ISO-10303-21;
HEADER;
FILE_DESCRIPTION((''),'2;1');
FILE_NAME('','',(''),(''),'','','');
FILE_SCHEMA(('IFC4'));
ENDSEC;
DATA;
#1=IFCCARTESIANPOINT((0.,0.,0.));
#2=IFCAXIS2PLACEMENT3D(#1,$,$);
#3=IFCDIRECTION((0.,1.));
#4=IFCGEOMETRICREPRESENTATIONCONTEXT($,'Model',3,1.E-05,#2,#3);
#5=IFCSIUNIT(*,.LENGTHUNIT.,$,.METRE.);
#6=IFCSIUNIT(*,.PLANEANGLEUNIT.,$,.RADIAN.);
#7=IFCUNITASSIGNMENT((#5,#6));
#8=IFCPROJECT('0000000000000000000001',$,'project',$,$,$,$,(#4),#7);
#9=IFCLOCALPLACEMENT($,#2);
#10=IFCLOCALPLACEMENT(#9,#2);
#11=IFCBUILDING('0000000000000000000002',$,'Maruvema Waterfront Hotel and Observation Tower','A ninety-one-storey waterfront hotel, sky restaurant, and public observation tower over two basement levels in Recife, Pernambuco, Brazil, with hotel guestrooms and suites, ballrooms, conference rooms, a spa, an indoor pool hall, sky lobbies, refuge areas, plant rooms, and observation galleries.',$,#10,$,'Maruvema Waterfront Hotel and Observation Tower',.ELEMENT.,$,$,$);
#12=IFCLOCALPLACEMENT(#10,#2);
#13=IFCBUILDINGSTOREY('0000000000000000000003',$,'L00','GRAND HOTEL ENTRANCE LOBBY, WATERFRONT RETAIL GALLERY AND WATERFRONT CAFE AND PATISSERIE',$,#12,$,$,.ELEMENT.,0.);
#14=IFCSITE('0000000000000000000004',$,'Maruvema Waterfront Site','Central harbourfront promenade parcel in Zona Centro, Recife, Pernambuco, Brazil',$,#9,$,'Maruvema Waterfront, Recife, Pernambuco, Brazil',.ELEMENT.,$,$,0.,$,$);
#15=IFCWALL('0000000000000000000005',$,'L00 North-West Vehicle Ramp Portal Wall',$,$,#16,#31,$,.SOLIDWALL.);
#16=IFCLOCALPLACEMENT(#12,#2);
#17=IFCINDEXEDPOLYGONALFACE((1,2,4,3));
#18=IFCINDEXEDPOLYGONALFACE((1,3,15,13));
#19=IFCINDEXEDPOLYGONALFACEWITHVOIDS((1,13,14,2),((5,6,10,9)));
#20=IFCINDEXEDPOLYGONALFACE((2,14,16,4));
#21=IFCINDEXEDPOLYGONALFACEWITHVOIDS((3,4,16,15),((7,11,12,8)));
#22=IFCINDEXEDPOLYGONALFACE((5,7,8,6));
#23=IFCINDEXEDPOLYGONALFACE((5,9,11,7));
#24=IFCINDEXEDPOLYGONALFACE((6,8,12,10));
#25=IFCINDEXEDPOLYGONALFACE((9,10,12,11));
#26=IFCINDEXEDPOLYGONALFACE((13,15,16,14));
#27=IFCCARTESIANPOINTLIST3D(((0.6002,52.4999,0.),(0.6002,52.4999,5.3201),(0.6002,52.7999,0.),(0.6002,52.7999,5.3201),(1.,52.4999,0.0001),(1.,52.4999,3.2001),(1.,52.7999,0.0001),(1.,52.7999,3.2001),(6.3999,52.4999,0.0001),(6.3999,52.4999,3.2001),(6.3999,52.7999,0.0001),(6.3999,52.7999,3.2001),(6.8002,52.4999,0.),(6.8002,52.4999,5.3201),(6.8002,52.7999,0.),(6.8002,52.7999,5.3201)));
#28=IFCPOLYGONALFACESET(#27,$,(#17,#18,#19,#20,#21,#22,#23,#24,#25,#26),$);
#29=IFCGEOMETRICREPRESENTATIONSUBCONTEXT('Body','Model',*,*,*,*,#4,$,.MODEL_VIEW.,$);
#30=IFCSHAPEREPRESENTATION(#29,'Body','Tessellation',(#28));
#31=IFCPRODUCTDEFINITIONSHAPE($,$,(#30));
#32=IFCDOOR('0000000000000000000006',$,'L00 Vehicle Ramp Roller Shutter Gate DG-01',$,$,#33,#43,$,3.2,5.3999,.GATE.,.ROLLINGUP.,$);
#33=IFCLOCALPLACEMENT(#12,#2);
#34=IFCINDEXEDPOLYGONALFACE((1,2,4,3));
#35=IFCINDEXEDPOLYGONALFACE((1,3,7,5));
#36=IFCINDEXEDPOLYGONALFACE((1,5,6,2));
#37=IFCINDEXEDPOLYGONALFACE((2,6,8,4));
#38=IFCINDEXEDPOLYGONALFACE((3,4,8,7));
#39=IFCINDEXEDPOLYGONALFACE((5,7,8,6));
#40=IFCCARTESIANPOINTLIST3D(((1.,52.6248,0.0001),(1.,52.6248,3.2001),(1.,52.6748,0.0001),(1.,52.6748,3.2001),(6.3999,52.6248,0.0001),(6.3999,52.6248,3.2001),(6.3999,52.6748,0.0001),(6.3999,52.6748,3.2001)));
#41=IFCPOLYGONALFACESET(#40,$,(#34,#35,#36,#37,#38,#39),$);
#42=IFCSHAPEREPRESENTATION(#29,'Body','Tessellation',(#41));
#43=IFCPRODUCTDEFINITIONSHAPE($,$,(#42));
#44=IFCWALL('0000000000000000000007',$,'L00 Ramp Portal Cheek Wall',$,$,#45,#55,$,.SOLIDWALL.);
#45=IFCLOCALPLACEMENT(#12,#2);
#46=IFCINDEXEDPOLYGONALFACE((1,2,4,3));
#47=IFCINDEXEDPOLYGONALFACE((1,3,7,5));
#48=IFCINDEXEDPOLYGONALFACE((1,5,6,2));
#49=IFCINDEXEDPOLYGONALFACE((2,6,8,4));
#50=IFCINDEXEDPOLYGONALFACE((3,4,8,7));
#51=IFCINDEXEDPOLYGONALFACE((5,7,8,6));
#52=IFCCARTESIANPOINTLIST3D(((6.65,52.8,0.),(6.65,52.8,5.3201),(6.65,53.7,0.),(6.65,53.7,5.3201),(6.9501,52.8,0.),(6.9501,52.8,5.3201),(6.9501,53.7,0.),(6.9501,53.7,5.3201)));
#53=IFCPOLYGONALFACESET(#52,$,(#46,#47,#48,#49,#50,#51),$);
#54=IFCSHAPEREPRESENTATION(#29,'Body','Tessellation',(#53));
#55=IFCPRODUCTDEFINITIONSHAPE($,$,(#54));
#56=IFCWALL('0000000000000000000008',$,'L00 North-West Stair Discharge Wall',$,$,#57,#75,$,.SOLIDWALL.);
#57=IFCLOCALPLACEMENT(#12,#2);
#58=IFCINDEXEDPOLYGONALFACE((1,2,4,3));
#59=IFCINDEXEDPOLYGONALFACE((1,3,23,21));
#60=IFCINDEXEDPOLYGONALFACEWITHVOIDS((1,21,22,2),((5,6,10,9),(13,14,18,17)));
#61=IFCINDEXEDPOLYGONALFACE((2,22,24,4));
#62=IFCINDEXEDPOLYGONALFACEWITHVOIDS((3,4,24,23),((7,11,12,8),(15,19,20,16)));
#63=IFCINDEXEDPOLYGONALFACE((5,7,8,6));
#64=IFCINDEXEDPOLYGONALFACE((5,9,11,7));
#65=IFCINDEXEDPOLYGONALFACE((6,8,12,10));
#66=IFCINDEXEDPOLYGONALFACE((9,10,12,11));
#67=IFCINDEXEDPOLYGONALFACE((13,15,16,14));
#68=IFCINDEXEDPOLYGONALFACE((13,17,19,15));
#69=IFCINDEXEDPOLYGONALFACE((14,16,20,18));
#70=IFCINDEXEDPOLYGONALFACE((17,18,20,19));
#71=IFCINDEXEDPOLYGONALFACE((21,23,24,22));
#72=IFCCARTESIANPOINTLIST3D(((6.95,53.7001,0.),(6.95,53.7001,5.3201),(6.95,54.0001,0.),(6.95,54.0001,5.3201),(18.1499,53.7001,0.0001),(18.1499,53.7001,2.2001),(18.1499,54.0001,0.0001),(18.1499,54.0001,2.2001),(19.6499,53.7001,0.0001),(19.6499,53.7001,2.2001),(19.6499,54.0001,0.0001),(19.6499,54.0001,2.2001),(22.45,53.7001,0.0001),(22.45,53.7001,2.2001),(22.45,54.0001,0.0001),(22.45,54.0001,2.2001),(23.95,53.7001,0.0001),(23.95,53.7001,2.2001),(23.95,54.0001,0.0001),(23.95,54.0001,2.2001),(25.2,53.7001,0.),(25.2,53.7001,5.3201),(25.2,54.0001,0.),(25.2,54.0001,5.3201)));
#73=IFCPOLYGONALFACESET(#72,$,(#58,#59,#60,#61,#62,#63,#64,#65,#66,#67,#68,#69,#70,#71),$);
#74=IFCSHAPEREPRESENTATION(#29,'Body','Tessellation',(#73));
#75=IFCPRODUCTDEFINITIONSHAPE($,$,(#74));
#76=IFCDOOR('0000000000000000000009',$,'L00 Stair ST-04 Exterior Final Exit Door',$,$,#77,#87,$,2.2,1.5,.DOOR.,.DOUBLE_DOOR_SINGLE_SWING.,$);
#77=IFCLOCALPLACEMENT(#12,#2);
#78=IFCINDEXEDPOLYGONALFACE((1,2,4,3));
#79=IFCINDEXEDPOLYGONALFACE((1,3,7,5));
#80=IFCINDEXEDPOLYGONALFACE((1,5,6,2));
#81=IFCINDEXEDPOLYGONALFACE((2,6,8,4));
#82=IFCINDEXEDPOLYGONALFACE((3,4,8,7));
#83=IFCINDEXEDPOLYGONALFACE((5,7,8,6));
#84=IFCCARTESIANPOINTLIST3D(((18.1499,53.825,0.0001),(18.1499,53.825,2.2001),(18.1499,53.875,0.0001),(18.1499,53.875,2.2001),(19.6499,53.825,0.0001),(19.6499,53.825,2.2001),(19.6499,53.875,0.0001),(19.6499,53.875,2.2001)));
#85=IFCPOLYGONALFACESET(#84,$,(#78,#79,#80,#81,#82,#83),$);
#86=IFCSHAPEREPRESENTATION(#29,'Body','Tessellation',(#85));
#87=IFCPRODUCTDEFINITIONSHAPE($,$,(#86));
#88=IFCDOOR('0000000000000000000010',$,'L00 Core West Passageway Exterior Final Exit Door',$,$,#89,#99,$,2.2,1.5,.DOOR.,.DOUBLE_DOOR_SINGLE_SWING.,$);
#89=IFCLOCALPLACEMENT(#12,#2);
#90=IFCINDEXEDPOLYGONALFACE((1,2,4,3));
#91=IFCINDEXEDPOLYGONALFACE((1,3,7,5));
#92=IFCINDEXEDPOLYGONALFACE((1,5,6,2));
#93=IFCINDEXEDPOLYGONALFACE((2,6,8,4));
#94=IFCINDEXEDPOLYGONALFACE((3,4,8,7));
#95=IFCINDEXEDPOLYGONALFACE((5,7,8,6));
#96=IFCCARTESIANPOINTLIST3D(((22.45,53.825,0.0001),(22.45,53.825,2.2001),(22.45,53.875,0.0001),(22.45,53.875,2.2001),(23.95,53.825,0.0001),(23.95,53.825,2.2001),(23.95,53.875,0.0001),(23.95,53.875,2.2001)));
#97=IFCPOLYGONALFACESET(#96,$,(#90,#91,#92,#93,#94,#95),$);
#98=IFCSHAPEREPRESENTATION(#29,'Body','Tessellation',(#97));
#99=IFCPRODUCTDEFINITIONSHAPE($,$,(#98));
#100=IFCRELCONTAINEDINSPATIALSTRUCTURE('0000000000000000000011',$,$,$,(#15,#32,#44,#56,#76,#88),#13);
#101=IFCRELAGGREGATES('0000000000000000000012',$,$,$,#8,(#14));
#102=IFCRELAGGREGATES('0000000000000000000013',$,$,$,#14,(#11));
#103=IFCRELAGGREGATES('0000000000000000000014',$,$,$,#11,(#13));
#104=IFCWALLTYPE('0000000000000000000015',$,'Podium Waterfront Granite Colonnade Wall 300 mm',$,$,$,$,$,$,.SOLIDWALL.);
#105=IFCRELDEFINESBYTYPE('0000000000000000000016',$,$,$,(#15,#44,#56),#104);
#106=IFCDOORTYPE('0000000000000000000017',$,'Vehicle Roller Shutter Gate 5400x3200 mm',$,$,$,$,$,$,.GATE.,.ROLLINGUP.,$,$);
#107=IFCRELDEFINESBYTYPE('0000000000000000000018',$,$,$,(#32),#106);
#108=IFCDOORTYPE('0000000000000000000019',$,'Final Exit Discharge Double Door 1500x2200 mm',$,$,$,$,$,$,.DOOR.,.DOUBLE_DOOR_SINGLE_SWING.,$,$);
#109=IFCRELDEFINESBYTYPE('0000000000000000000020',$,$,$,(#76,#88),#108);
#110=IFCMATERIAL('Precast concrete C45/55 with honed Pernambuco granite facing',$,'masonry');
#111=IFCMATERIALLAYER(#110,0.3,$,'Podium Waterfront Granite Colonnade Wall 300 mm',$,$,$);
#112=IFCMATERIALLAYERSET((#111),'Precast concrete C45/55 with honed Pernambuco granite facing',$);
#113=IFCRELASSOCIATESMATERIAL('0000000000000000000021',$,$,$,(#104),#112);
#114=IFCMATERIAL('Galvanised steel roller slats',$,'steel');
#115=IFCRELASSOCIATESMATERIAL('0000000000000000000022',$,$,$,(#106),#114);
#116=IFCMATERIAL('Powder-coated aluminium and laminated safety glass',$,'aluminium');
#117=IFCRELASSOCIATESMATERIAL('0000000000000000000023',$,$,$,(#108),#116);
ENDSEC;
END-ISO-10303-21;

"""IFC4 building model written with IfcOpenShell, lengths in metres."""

from ifc_helpers import new_model, si_unit, direction, frame, frame_2d, origin, place, context, subcontext, project, spatial, rectangle, extrude, material, layer, layer_set, type_object, element, fill, save


model = new_model("IFC4")

# Units and contexts
model_context = context("Model", 3, precision=1e-05, world=origin(), true_north=direction((0.0, 1.0)))
body_context = subcontext(model_context, "Body", "Model", "MODEL_VIEW")
ifc_project = project(units=[si_unit("LENGTHUNIT", "METRE"), si_unit("PLANEANGLEUNIT", "RADIAN")], contexts=[model_context])

# Site, building, storey
site_placement = place(None, origin())
site = spatial("IfcSite", under=ifc_project, at=site_placement, Name="Maruvema Waterfront Site", Description="Central harbourfront promenade parcel in Zona Centro, Recife, Pernambuco, Brazil", LongName="Maruvema Waterfront, Recife, Pernambuco, Brazil", CompositionType="ELEMENT", RefElevation=0.0)
building_placement = place(site_placement, origin())
building = spatial("IfcBuilding", under=site, at=building_placement, Name="Maruvema Waterfront Hotel and Observation Tower", Description="A ninety-one-storey waterfront hotel, sky restaurant, and public observation tower over two basement levels in Recife, Pernambuco, Brazil, with hotel guestrooms and suites, ballrooms, conference rooms, a spa, an indoor pool hall, sky lobbies, refuge areas, plant rooms, and observation galleries.", LongName="Maruvema Waterfront Hotel and Observation Tower", CompositionType="ELEMENT")
storey_placement = place(building_placement, origin())
storey = spatial("IfcBuildingStorey", under=building, at=storey_placement, Name="L00", Description="GRAND HOTEL ENTRANCE LOBBY, WATERFRONT RETAIL GALLERY AND WATERFRONT CAFE AND PATISSERIE", CompositionType="ELEMENT", Elevation=0.0)

# Wall, opening, door
ifc_material_1 = material(Name="Precast concrete C45/55 with honed Pernambuco granite facing", Category="masonry")
ifc_layer_1 = layer(ifc_material_1, 0.3, Name="Podium Waterfront Granite Colonnade Wall 300 mm")
ifc_layer_set_1 = layer_set([ifc_layer_1], Name="Precast concrete C45/55 with honed Pernambuco granite facing")
wall_type_1 = type_object("IfcWallType", Name="Podium Waterfront Granite Colonnade Wall 300 mm", PredefinedType="SOLIDWALL", material=ifc_layer_set_1)
wall_1_placement = place(storey_placement, frame((0.6001, 52.6499, 0.0), z_axis=(0.0, 0.0, 1.0), x_axis=(1.0, 0.0, 0.0)))
wall_1 = element("IfcWall", 1, at=wall_1_placement, inside=storey, type_object=wall_type_1, Name="L00 North-West Vehicle Ramp Portal Wall", PredefinedType="SOLIDWALL", context=body_context, shape_type="SweptSolid", body=[
    extrude(rectangle(XDim=6.2, YDim=0.3, at=frame_2d((3.1001, 0.0))), origin(), (0.0, 0.0, 1.0), 5.3201),
])
opening_1_placement = place(wall_1_placement, frame((0.3999, 0.0, 0.0)))
opening_1 = element("IfcOpeningElement", 2, at=opening_1_placement, cuts=wall_1, PredefinedType="OPENING", context=body_context, shape_type="SweptSolid", body=[
    extrude(rectangle(XDim=5.3999, YDim=3.2, at=frame_2d((2.7, 1.6001))), frame((0.0, 0.1602, 0.0), z_axis=(0.0, -1.0, 0.0), x_axis=(1.0, 0.0, 0.0)), (0.0, 0.0, 1.0), 0.3201),
])
ifc_material_2 = material(Name="Galvanised steel roller slats", Category="steel")
door_type_1 = type_object("IfcDoorType", Name="Vehicle Roller Shutter Gate 5400x3200 mm", OperationType="ROLLINGUP", PredefinedType="GATE", material=ifc_material_2)
door_1_placement = place(opening_1_placement, origin())
door_1 = element("IfcDoor", 3, at=door_1_placement, inside=storey, type_object=door_type_1, Name="L00 Vehicle Ramp Roller Shutter Gate DG-01", OperationType="ROLLINGUP", OverallHeight=3.2, OverallWidth=5.3999, PredefinedType="GATE", context=body_context, shape_type="SweptSolid", body=[
    extrude(rectangle(XDim=5.3999, YDim=3.2, at=frame_2d((2.7, 1.6001))), frame((0.0, 0.0249, 0.0), z_axis=(0.0, -1.0, 0.0), x_axis=(1.0, 0.0, 0.0)), (0.0, 0.0, 1.0), 0.05),
])
fill(opening_1, door_1)

# Wall
wall_2_placement = place(storey_placement, frame((6.8, 52.8, 0.0), z_axis=(0.0, 0.0, 1.0), x_axis=(0.0, 1.0, 0.0)))
element("IfcWall", 4, at=wall_2_placement, inside=storey, type_object=wall_type_1, Name="L00 Ramp Portal Cheek Wall", PredefinedType="SOLIDWALL", context=body_context, shape_type="SweptSolid", body=[
    extrude(rectangle(XDim=0.8999, YDim=0.3, at=frame_2d((0.45, 0.0))), origin(), (0.0, 0.0, 1.0), 5.3201),
])

# Wall, openings, doors
wall_3_placement = place(storey_placement, frame((6.95, 53.8501, 0.0), z_axis=(0.0, 0.0, 1.0), x_axis=(1.0, 0.0, 0.0)))
wall_3 = element("IfcWall", 5, at=wall_3_placement, inside=storey, type_object=wall_type_1, Name="L00 North-West Stair Discharge Wall", PredefinedType="SOLIDWALL", context=body_context, shape_type="SweptSolid", body=[
    extrude(rectangle(XDim=18.25, YDim=0.3, at=frame_2d((9.125, 0.0))), origin(), (0.0, 0.0, 1.0), 5.3201),
])
opening_2_placement = place(wall_3_placement, frame((11.2, 0.0, 0.0)))
opening_2 = element("IfcOpeningElement", 6, at=opening_2_placement, cuts=wall_3, PredefinedType="OPENING", context=body_context, shape_type="SweptSolid", body=[
    extrude(rectangle(XDim=1.5, YDim=2.2, at=frame_2d((0.75, 1.1001))), frame((0.0, 0.1602, 0.0), z_axis=(0.0, -1.0, 0.0), x_axis=(1.0, 0.0, 0.0)), (0.0, 0.0, 1.0), 0.3201),
])
opening_3_placement = place(wall_3_placement, frame((15.5, 0.0, 0.0)))
opening_3 = element("IfcOpeningElement", 7, at=opening_3_placement, cuts=wall_3, PredefinedType="OPENING", context=body_context, shape_type="SweptSolid", body=[
    extrude(rectangle(XDim=1.5, YDim=2.2, at=frame_2d((0.75, 1.1001))), frame((0.0, 0.1602, 0.0), z_axis=(0.0, -1.0, 0.0), x_axis=(1.0, 0.0, 0.0)), (0.0, 0.0, 1.0), 0.3201),
])
ifc_material_3 = material(Name="Powder-coated aluminium and laminated safety glass", Category="aluminium")
door_type_2 = type_object("IfcDoorType", Name="Final Exit Discharge Double Door 1500x2200 mm", OperationType="DOUBLE_DOOR_SINGLE_SWING", PredefinedType="DOOR", material=ifc_material_3)
door_2_placement = place(opening_2_placement, origin())
door_2 = element("IfcDoor", 8, at=door_2_placement, inside=storey, type_object=door_type_2, Name="L00 Stair ST-04 Exterior Final Exit Door", OperationType="DOUBLE_DOOR_SINGLE_SWING", OverallHeight=2.2, OverallWidth=1.5, PredefinedType="DOOR", context=body_context, shape_type="SweptSolid", body=[
    extrude(rectangle(XDim=1.5, YDim=2.2, at=frame_2d((0.75, 1.1001))), frame((0.0, 0.0249, 0.0), z_axis=(0.0, -1.0, 0.0), x_axis=(1.0, 0.0, 0.0)), (0.0, 0.0, 1.0), 0.05),
])
fill(opening_2, door_2)
door_3_placement = place(opening_3_placement, origin())
door_3 = element("IfcDoor", 9, at=door_3_placement, inside=storey, type_object=door_type_2, Name="L00 Core West Passageway Exterior Final Exit Door", OperationType="DOUBLE_DOOR_SINGLE_SWING", OverallHeight=2.2, OverallWidth=1.5, PredefinedType="DOOR", context=body_context, shape_type="SweptSolid", body=[
    extrude(rectangle(XDim=1.5, YDim=2.2, at=frame_2d((0.75, 1.1001))), frame((0.0, 0.0249, 0.0), z_axis=(0.0, -1.0, 0.0), x_axis=(1.0, 0.0, 0.0)), (0.0, 0.0, 1.0), 0.05),
])
fill(opening_3, door_3)

save(model, "model.ifc")
